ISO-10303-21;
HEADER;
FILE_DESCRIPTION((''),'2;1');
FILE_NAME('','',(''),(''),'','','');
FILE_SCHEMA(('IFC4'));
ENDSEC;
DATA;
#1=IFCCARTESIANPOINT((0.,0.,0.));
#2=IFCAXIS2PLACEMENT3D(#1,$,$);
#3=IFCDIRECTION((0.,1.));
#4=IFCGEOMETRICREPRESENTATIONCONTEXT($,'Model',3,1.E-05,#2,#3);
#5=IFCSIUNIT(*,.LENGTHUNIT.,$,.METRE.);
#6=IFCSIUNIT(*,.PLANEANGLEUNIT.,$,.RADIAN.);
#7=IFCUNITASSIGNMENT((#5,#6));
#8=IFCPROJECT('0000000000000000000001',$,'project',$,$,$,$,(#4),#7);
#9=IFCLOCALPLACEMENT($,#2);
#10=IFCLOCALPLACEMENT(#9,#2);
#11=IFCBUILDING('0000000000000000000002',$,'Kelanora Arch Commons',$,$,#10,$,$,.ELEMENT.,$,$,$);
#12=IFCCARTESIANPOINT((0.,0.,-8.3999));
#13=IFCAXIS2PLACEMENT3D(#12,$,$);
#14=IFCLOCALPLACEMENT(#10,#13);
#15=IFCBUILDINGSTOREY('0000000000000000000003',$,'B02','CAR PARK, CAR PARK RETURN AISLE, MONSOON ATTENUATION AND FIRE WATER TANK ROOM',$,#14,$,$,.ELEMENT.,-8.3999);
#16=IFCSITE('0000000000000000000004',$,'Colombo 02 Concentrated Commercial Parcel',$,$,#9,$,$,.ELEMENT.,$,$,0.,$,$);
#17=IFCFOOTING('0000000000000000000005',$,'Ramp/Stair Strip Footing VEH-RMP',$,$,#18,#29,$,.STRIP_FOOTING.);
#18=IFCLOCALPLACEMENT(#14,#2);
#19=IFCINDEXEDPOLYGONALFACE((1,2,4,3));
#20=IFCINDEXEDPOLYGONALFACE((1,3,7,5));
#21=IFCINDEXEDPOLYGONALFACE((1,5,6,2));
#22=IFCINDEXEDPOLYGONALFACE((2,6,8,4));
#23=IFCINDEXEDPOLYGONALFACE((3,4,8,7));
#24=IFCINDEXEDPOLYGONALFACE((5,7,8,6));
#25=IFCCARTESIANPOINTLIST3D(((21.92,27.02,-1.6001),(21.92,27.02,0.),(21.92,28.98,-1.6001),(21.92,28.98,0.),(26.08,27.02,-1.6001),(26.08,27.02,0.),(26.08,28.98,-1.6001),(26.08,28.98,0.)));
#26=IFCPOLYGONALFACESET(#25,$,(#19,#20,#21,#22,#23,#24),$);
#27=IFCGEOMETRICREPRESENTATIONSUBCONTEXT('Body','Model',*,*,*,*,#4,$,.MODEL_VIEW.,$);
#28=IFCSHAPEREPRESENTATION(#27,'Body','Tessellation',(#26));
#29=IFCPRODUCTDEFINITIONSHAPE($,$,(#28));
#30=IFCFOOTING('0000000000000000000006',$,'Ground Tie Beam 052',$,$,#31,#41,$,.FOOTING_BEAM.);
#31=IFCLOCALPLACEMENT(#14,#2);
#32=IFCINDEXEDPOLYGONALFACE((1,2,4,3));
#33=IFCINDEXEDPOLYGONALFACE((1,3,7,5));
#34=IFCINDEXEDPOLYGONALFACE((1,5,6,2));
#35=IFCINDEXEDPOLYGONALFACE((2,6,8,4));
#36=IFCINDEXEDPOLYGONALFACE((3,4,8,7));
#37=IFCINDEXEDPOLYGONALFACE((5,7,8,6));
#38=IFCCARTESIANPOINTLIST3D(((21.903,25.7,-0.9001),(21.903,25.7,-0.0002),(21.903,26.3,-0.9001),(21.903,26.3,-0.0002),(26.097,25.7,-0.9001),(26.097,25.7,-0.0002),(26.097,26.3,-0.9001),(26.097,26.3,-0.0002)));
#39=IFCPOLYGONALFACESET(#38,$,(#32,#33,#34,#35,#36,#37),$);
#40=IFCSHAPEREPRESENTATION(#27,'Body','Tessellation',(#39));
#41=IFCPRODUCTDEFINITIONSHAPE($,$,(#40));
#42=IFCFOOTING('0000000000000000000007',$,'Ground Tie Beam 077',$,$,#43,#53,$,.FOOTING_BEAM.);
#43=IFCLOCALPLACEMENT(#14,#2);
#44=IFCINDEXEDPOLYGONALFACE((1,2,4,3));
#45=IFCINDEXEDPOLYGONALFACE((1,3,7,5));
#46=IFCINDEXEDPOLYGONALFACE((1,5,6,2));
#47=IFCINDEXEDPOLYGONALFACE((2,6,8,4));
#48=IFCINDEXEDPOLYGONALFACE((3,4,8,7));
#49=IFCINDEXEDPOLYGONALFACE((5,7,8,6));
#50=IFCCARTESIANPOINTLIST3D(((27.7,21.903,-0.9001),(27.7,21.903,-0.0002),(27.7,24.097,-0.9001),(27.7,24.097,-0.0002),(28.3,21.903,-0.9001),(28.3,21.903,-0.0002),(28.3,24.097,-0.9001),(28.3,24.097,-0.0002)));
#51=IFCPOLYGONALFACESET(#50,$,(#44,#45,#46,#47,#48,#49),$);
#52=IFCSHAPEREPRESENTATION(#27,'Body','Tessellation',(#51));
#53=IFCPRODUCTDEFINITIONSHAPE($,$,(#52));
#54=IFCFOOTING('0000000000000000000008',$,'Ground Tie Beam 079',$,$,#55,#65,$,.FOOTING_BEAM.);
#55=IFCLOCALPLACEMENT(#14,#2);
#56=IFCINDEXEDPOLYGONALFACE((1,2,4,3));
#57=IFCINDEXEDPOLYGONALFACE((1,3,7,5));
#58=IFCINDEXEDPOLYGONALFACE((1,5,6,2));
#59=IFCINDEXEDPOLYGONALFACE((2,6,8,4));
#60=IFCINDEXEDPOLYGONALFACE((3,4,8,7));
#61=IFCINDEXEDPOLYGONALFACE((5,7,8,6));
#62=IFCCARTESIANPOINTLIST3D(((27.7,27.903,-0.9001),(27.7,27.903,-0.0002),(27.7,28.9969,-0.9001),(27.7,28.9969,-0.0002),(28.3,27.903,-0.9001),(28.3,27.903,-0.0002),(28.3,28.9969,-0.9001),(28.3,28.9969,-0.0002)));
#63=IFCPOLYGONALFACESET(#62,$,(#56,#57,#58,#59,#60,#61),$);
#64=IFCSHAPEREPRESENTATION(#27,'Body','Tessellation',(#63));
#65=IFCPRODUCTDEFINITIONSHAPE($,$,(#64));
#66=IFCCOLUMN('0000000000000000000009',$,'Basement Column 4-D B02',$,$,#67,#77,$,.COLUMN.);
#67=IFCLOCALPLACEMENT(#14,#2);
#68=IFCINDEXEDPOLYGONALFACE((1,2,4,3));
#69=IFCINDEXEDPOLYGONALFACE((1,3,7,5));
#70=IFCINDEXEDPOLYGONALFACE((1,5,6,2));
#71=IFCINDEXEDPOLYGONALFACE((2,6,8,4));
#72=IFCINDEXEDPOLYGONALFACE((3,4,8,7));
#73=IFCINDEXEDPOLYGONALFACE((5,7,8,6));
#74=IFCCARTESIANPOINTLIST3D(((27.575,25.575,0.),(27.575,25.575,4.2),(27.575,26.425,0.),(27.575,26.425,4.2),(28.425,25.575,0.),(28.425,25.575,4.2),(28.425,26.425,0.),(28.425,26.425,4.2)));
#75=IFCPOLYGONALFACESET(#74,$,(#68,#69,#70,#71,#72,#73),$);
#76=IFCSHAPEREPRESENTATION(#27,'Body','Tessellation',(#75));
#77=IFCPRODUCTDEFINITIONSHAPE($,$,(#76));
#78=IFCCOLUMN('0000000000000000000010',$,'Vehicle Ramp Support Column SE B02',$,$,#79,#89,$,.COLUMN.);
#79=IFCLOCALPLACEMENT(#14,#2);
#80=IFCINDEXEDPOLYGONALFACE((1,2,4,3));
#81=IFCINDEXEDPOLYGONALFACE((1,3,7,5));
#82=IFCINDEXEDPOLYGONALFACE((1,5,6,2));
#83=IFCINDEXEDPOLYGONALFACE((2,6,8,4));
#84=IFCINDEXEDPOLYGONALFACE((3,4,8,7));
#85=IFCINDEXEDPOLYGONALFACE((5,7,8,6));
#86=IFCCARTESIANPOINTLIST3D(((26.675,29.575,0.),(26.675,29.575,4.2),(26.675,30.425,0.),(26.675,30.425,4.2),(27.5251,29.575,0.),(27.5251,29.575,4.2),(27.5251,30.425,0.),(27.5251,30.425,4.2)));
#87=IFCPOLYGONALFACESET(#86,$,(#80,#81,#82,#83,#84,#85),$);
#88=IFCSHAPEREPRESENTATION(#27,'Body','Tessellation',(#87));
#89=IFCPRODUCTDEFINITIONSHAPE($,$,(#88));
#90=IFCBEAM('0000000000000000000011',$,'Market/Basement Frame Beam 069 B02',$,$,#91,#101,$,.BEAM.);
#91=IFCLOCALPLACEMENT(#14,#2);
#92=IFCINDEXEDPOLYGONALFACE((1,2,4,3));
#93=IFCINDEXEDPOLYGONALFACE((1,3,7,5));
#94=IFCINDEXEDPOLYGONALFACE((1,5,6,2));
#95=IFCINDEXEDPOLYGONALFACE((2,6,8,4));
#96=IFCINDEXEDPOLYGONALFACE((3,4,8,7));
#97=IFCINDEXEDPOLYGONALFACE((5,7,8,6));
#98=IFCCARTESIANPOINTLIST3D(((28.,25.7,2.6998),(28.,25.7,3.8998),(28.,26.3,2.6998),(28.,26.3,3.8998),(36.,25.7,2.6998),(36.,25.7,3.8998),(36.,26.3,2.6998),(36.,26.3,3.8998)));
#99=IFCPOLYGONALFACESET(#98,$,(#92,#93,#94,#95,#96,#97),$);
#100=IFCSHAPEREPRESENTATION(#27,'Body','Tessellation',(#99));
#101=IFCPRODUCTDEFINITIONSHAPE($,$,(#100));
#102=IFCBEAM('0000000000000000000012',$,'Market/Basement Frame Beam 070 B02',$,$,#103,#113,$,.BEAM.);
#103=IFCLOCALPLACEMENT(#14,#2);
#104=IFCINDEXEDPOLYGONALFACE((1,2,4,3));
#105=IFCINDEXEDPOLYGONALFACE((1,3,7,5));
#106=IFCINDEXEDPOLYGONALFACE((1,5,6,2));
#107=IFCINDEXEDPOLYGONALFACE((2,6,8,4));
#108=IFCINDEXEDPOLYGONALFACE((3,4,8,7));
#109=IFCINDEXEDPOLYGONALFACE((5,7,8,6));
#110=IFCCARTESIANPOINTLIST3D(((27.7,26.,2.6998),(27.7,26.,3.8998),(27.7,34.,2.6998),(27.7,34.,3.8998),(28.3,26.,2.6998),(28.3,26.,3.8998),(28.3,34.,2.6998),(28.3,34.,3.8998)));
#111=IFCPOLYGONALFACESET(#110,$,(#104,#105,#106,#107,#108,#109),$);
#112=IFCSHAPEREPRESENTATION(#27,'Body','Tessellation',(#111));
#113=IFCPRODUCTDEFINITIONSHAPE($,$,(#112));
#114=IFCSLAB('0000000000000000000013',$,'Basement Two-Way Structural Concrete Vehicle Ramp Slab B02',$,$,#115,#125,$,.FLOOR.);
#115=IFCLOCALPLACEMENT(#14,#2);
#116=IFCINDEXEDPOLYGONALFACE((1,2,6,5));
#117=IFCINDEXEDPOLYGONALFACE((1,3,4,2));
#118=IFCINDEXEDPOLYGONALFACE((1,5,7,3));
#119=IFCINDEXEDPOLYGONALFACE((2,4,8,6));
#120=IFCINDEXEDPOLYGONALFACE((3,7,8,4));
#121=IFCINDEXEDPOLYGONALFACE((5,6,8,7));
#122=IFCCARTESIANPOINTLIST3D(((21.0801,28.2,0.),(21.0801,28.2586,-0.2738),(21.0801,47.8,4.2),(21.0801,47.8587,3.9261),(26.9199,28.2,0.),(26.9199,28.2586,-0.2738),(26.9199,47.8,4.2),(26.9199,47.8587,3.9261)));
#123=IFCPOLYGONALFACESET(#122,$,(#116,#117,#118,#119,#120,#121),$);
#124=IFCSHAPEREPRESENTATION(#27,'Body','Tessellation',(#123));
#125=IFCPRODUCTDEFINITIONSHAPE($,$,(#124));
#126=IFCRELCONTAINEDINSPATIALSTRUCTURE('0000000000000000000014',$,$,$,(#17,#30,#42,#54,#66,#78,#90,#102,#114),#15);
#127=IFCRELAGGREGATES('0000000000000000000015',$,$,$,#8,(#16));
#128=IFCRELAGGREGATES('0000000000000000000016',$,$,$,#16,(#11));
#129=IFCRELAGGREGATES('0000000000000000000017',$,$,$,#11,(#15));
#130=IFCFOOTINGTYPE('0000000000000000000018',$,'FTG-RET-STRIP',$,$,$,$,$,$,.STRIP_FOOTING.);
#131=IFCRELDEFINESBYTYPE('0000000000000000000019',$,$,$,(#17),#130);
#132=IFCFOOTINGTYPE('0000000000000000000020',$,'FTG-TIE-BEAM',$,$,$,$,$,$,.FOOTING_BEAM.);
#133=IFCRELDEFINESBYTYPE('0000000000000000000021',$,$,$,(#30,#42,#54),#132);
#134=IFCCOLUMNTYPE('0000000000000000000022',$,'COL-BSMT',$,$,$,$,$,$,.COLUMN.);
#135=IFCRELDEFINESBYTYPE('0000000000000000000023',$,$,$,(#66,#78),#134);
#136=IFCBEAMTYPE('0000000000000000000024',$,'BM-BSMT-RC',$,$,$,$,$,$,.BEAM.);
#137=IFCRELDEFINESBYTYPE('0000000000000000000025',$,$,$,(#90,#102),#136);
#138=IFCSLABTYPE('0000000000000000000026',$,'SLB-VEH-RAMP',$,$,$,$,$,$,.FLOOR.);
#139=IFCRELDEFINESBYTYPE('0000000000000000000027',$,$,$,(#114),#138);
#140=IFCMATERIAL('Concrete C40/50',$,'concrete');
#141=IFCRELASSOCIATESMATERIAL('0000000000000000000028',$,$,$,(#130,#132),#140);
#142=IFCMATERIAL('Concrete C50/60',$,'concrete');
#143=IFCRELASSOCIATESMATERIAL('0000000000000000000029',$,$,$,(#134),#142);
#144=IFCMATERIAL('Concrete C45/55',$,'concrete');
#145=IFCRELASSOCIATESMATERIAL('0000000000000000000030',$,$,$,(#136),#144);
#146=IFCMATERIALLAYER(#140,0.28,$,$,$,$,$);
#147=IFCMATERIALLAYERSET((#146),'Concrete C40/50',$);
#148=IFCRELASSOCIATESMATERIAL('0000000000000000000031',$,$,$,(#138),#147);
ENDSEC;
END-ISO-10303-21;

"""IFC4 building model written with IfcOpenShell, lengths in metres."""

from ifc_helpers import new_model, si_unit, direction, frame, origin, origin_2d, place, context, subcontext, project, spatial, polyline, rectangle, outline, extrude, source, transform, mapped, material, layer, layer_set, material_profile, profile_set, type_object, element, save


model = new_model("IFC4")

# Units and contexts
model_context = context("Model", 3, precision=1e-05, world=origin(), true_north=direction((0.0, 1.0)))
body_context = subcontext(model_context, "Body", "Model", "MODEL_VIEW")
ifc_project = project(units=[si_unit("LENGTHUNIT", "METRE"), si_unit("PLANEANGLEUNIT", "RADIAN")], contexts=[model_context])

# Site, building, storey
site_placement = place(None, origin())
site = spatial("IfcSite", under=ifc_project, at=site_placement, Name="Colombo 02 Concentrated Commercial Parcel", CompositionType="ELEMENT", RefElevation=0.0)
building_placement = place(site_placement, origin())
building = spatial("IfcBuilding", under=site, at=building_placement, Name="Kelanora Arch Commons", CompositionType="ELEMENT")
storey_placement = place(building_placement, frame((0.0, 0.0, -8.3999)))
storey = spatial("IfcBuildingStorey", under=building, at=storey_placement, Name="B02", Description="CAR PARK, CAR PARK RETURN AISLE, MONSOON ATTENUATION AND FIRE WATER TANK ROOM", CompositionType="ELEMENT", Elevation=-8.3999)

# Shared definitions
ifc_material_1 = material(Name="Concrete C40/50", Category="concrete")

# Shared definitions
ifc_material_2 = material(Name="Concrete C45/55", Category="concrete")

# Footings
footing_type_1 = type_object("IfcFootingType", Name="FTG-RET-STRIP", PredefinedType="STRIP_FOOTING", material=ifc_material_1)
shared_shape_1 = source(origin(), body_context, "Body", "SweptSolid", [
    extrude(rectangle(XDim=4.1599, YDim=1.96, at=origin_2d()), origin(), (0.0, 0.0, 1.0), 1.6001),
])
footing_1_placement = place(storey_placement, frame((24.0, 28.0, -1.6001), z_axis=(0.0, 0.0, 1.0), x_axis=(1.0, 0.0, 0.0)))
element("IfcFooting", 1, at=footing_1_placement, inside=storey, type_object=footing_type_1, Name="Ramp/Stair Strip Footing VEH-RMP", PredefinedType="STRIP_FOOTING", context=body_context, shape_type="MappedRepresentation", body=[
    mapped(shared_shape_1, transform((0.0, 0.0, 0.0), scale=1.0)),
])
footing_type_2 = type_object("IfcFootingType", Name="FTG-TIE-BEAM", PredefinedType="FOOTING_BEAM", material=ifc_material_1)
shared_shape_2 = source(origin(), body_context, "Body", "SweptSolid", [
    extrude(rectangle(XDim=4.1941, YDim=0.6001, at=origin_2d()), origin(), (0.0, 0.0, 1.0), 0.8999),
])
footing_2_placement = place(storey_placement, frame((24.0, 26.0, -0.9001), z_axis=(0.0, 0.0, 1.0), x_axis=(1.0, 0.0, 0.0)))
element("IfcFooting", 2, at=footing_2_placement, inside=storey, type_object=footing_type_2, Name="Ground Tie Beam 052", PredefinedType="FOOTING_BEAM", context=body_context, shape_type="MappedRepresentation", body=[
    mapped(shared_shape_2, transform((0.0, 0.0, 0.0), scale=1.0)),
])
shared_shape_3 = source(origin(), body_context, "Body", "SweptSolid", [
    extrude(rectangle(XDim=2.1941, YDim=0.6001, at=origin_2d()), origin(), (0.0, 0.0, 1.0), 0.8999),
])
footing_3_placement = place(storey_placement, frame((28.0, 23.0, -0.9001), z_axis=(0.0, 0.0, 1.0), x_axis=(0.0, 1.0, 0.0)))
element("IfcFooting", 3, at=footing_3_placement, inside=storey, type_object=footing_type_2, Name="Ground Tie Beam 077", PredefinedType="FOOTING_BEAM", context=body_context, shape_type="MappedRepresentation", body=[
    mapped(shared_shape_3, transform((0.0, 0.0, 0.0), scale=1.0)),
])
shared_shape_4 = source(origin(), body_context, "Body", "SweptSolid", [
    extrude(rectangle(XDim=1.094, YDim=0.6001, at=origin_2d()), origin(), (0.0, 0.0, 1.0), 0.8999),
])
footing_4_placement = place(storey_placement, frame((28.0, 28.45, -0.9001), z_axis=(0.0, 0.0, 1.0), x_axis=(0.0, 1.0, 0.0)))
element("IfcFooting", 4, at=footing_4_placement, inside=storey, type_object=footing_type_2, Name="Ground Tie Beam 079", PredefinedType="FOOTING_BEAM", context=body_context, shape_type="MappedRepresentation", body=[
    mapped(shared_shape_4, transform((0.0, 0.0, 0.0), scale=1.0)),
])

# Columns
ifc_material_3 = material(Name="Concrete C50/60", Category="concrete")
ifc_material_profile_1 = material_profile(ifc_material_3, rectangle(XDim=0.8501, YDim=0.8501, at=origin_2d()), Name="RC850x850")
ifc_profile_set_1 = profile_set([ifc_material_profile_1], Name="Concrete C50/60")
column_type = type_object("IfcColumnType", Name="COL-BSMT", PredefinedType="COLUMN", material=ifc_profile_set_1)
for number, where, z_axis, x_axis, name in (
    (5, (28.0, 26.0, 0.0), (0.0, 0.0, 1.0), (1.0, 0.0, 0.0), "Basement Column 4-D B02"),
    (6, (27.1001, 30.0, 0.0), (0.0, 0.0, 1.0), (1.0, 0.0, 0.0), "Vehicle Ramp Support Column SE B02"),
):
    element("IfcColumn", number, at=place(storey_placement, frame(where, z_axis=z_axis, x_axis=x_axis)), inside=storey, type_object=column_type, Name=name, PredefinedType="COLUMN", context=body_context, shape_type="SweptSolid", body=[
        extrude(rectangle(XDim=0.8501, YDim=0.8501, at=origin_2d()), origin(), (0.0, 0.0, 1.0), 4.2),
    ])

# Beams
ifc_material_profile_2 = material_profile(ifc_material_2, rectangle(XDim=0.6001, YDim=1.2, at=origin_2d()), Name="RCB600x1200")
ifc_profile_set_2 = profile_set([ifc_material_profile_2], Name="Concrete C45/55")
beam_type = type_object("IfcBeamType", Name="BM-BSMT-RC", PredefinedType="BEAM", material=ifc_profile_set_2)
for number, where, z_axis, x_axis, name in (
    (7, (28.0, 26.0, 3.2998), (1.0, 0.0, 0.0), (0.0, 1.0, 0.0), "Market/Basement Frame Beam 069 B02"),
    (8, (28.0, 26.0, 3.2998), (0.0, 1.0, 0.0), (-1.0, 0.0, 0.0), "Market/Basement Frame Beam 070 B02"),
):
    element("IfcBeam", number, at=place(storey_placement, frame(where, z_axis=z_axis, x_axis=x_axis)), inside=storey, type_object=beam_type, Name=name, PredefinedType="BEAM", context=body_context, shape_type="SweptSolid", body=[
        extrude(rectangle(XDim=0.6001, YDim=1.2, at=origin_2d()), origin(), (0.0, 0.0, 1.0), 8.0),
    ])

# Slab
ifc_layer = layer(ifc_material_1, 0.28)
ifc_layer_set = layer_set([ifc_layer], Name="Concrete C40/50")
slab_type = type_object("IfcSlabType", Name="SLB-VEH-RAMP", PredefinedType="FLOOR", material=ifc_layer_set)
slab_placement = place(storey_placement, frame((21.0801, 28.2, 0.0), z_axis=(0.0, -0.209526, 0.977803), x_axis=(1.0, 0.0, 0.0)))
element("IfcSlab", 9, at=slab_placement, inside=storey, type_object=slab_type, Name="Basement Two-Way Structural Concrete Vehicle Ramp Slab B02", PredefinedType="FLOOR", context=body_context, shape_type="SweptSolid", body=[
    extrude(outline(polyline([(0.0, 0.0), (5.8398, 0.0), (5.8398, 20.045), (0.0, 20.045), (0.0, 0.0)])), origin(), (0.0, 0.0, -1.0), 0.28),
])

save(model, "model.ifc")
